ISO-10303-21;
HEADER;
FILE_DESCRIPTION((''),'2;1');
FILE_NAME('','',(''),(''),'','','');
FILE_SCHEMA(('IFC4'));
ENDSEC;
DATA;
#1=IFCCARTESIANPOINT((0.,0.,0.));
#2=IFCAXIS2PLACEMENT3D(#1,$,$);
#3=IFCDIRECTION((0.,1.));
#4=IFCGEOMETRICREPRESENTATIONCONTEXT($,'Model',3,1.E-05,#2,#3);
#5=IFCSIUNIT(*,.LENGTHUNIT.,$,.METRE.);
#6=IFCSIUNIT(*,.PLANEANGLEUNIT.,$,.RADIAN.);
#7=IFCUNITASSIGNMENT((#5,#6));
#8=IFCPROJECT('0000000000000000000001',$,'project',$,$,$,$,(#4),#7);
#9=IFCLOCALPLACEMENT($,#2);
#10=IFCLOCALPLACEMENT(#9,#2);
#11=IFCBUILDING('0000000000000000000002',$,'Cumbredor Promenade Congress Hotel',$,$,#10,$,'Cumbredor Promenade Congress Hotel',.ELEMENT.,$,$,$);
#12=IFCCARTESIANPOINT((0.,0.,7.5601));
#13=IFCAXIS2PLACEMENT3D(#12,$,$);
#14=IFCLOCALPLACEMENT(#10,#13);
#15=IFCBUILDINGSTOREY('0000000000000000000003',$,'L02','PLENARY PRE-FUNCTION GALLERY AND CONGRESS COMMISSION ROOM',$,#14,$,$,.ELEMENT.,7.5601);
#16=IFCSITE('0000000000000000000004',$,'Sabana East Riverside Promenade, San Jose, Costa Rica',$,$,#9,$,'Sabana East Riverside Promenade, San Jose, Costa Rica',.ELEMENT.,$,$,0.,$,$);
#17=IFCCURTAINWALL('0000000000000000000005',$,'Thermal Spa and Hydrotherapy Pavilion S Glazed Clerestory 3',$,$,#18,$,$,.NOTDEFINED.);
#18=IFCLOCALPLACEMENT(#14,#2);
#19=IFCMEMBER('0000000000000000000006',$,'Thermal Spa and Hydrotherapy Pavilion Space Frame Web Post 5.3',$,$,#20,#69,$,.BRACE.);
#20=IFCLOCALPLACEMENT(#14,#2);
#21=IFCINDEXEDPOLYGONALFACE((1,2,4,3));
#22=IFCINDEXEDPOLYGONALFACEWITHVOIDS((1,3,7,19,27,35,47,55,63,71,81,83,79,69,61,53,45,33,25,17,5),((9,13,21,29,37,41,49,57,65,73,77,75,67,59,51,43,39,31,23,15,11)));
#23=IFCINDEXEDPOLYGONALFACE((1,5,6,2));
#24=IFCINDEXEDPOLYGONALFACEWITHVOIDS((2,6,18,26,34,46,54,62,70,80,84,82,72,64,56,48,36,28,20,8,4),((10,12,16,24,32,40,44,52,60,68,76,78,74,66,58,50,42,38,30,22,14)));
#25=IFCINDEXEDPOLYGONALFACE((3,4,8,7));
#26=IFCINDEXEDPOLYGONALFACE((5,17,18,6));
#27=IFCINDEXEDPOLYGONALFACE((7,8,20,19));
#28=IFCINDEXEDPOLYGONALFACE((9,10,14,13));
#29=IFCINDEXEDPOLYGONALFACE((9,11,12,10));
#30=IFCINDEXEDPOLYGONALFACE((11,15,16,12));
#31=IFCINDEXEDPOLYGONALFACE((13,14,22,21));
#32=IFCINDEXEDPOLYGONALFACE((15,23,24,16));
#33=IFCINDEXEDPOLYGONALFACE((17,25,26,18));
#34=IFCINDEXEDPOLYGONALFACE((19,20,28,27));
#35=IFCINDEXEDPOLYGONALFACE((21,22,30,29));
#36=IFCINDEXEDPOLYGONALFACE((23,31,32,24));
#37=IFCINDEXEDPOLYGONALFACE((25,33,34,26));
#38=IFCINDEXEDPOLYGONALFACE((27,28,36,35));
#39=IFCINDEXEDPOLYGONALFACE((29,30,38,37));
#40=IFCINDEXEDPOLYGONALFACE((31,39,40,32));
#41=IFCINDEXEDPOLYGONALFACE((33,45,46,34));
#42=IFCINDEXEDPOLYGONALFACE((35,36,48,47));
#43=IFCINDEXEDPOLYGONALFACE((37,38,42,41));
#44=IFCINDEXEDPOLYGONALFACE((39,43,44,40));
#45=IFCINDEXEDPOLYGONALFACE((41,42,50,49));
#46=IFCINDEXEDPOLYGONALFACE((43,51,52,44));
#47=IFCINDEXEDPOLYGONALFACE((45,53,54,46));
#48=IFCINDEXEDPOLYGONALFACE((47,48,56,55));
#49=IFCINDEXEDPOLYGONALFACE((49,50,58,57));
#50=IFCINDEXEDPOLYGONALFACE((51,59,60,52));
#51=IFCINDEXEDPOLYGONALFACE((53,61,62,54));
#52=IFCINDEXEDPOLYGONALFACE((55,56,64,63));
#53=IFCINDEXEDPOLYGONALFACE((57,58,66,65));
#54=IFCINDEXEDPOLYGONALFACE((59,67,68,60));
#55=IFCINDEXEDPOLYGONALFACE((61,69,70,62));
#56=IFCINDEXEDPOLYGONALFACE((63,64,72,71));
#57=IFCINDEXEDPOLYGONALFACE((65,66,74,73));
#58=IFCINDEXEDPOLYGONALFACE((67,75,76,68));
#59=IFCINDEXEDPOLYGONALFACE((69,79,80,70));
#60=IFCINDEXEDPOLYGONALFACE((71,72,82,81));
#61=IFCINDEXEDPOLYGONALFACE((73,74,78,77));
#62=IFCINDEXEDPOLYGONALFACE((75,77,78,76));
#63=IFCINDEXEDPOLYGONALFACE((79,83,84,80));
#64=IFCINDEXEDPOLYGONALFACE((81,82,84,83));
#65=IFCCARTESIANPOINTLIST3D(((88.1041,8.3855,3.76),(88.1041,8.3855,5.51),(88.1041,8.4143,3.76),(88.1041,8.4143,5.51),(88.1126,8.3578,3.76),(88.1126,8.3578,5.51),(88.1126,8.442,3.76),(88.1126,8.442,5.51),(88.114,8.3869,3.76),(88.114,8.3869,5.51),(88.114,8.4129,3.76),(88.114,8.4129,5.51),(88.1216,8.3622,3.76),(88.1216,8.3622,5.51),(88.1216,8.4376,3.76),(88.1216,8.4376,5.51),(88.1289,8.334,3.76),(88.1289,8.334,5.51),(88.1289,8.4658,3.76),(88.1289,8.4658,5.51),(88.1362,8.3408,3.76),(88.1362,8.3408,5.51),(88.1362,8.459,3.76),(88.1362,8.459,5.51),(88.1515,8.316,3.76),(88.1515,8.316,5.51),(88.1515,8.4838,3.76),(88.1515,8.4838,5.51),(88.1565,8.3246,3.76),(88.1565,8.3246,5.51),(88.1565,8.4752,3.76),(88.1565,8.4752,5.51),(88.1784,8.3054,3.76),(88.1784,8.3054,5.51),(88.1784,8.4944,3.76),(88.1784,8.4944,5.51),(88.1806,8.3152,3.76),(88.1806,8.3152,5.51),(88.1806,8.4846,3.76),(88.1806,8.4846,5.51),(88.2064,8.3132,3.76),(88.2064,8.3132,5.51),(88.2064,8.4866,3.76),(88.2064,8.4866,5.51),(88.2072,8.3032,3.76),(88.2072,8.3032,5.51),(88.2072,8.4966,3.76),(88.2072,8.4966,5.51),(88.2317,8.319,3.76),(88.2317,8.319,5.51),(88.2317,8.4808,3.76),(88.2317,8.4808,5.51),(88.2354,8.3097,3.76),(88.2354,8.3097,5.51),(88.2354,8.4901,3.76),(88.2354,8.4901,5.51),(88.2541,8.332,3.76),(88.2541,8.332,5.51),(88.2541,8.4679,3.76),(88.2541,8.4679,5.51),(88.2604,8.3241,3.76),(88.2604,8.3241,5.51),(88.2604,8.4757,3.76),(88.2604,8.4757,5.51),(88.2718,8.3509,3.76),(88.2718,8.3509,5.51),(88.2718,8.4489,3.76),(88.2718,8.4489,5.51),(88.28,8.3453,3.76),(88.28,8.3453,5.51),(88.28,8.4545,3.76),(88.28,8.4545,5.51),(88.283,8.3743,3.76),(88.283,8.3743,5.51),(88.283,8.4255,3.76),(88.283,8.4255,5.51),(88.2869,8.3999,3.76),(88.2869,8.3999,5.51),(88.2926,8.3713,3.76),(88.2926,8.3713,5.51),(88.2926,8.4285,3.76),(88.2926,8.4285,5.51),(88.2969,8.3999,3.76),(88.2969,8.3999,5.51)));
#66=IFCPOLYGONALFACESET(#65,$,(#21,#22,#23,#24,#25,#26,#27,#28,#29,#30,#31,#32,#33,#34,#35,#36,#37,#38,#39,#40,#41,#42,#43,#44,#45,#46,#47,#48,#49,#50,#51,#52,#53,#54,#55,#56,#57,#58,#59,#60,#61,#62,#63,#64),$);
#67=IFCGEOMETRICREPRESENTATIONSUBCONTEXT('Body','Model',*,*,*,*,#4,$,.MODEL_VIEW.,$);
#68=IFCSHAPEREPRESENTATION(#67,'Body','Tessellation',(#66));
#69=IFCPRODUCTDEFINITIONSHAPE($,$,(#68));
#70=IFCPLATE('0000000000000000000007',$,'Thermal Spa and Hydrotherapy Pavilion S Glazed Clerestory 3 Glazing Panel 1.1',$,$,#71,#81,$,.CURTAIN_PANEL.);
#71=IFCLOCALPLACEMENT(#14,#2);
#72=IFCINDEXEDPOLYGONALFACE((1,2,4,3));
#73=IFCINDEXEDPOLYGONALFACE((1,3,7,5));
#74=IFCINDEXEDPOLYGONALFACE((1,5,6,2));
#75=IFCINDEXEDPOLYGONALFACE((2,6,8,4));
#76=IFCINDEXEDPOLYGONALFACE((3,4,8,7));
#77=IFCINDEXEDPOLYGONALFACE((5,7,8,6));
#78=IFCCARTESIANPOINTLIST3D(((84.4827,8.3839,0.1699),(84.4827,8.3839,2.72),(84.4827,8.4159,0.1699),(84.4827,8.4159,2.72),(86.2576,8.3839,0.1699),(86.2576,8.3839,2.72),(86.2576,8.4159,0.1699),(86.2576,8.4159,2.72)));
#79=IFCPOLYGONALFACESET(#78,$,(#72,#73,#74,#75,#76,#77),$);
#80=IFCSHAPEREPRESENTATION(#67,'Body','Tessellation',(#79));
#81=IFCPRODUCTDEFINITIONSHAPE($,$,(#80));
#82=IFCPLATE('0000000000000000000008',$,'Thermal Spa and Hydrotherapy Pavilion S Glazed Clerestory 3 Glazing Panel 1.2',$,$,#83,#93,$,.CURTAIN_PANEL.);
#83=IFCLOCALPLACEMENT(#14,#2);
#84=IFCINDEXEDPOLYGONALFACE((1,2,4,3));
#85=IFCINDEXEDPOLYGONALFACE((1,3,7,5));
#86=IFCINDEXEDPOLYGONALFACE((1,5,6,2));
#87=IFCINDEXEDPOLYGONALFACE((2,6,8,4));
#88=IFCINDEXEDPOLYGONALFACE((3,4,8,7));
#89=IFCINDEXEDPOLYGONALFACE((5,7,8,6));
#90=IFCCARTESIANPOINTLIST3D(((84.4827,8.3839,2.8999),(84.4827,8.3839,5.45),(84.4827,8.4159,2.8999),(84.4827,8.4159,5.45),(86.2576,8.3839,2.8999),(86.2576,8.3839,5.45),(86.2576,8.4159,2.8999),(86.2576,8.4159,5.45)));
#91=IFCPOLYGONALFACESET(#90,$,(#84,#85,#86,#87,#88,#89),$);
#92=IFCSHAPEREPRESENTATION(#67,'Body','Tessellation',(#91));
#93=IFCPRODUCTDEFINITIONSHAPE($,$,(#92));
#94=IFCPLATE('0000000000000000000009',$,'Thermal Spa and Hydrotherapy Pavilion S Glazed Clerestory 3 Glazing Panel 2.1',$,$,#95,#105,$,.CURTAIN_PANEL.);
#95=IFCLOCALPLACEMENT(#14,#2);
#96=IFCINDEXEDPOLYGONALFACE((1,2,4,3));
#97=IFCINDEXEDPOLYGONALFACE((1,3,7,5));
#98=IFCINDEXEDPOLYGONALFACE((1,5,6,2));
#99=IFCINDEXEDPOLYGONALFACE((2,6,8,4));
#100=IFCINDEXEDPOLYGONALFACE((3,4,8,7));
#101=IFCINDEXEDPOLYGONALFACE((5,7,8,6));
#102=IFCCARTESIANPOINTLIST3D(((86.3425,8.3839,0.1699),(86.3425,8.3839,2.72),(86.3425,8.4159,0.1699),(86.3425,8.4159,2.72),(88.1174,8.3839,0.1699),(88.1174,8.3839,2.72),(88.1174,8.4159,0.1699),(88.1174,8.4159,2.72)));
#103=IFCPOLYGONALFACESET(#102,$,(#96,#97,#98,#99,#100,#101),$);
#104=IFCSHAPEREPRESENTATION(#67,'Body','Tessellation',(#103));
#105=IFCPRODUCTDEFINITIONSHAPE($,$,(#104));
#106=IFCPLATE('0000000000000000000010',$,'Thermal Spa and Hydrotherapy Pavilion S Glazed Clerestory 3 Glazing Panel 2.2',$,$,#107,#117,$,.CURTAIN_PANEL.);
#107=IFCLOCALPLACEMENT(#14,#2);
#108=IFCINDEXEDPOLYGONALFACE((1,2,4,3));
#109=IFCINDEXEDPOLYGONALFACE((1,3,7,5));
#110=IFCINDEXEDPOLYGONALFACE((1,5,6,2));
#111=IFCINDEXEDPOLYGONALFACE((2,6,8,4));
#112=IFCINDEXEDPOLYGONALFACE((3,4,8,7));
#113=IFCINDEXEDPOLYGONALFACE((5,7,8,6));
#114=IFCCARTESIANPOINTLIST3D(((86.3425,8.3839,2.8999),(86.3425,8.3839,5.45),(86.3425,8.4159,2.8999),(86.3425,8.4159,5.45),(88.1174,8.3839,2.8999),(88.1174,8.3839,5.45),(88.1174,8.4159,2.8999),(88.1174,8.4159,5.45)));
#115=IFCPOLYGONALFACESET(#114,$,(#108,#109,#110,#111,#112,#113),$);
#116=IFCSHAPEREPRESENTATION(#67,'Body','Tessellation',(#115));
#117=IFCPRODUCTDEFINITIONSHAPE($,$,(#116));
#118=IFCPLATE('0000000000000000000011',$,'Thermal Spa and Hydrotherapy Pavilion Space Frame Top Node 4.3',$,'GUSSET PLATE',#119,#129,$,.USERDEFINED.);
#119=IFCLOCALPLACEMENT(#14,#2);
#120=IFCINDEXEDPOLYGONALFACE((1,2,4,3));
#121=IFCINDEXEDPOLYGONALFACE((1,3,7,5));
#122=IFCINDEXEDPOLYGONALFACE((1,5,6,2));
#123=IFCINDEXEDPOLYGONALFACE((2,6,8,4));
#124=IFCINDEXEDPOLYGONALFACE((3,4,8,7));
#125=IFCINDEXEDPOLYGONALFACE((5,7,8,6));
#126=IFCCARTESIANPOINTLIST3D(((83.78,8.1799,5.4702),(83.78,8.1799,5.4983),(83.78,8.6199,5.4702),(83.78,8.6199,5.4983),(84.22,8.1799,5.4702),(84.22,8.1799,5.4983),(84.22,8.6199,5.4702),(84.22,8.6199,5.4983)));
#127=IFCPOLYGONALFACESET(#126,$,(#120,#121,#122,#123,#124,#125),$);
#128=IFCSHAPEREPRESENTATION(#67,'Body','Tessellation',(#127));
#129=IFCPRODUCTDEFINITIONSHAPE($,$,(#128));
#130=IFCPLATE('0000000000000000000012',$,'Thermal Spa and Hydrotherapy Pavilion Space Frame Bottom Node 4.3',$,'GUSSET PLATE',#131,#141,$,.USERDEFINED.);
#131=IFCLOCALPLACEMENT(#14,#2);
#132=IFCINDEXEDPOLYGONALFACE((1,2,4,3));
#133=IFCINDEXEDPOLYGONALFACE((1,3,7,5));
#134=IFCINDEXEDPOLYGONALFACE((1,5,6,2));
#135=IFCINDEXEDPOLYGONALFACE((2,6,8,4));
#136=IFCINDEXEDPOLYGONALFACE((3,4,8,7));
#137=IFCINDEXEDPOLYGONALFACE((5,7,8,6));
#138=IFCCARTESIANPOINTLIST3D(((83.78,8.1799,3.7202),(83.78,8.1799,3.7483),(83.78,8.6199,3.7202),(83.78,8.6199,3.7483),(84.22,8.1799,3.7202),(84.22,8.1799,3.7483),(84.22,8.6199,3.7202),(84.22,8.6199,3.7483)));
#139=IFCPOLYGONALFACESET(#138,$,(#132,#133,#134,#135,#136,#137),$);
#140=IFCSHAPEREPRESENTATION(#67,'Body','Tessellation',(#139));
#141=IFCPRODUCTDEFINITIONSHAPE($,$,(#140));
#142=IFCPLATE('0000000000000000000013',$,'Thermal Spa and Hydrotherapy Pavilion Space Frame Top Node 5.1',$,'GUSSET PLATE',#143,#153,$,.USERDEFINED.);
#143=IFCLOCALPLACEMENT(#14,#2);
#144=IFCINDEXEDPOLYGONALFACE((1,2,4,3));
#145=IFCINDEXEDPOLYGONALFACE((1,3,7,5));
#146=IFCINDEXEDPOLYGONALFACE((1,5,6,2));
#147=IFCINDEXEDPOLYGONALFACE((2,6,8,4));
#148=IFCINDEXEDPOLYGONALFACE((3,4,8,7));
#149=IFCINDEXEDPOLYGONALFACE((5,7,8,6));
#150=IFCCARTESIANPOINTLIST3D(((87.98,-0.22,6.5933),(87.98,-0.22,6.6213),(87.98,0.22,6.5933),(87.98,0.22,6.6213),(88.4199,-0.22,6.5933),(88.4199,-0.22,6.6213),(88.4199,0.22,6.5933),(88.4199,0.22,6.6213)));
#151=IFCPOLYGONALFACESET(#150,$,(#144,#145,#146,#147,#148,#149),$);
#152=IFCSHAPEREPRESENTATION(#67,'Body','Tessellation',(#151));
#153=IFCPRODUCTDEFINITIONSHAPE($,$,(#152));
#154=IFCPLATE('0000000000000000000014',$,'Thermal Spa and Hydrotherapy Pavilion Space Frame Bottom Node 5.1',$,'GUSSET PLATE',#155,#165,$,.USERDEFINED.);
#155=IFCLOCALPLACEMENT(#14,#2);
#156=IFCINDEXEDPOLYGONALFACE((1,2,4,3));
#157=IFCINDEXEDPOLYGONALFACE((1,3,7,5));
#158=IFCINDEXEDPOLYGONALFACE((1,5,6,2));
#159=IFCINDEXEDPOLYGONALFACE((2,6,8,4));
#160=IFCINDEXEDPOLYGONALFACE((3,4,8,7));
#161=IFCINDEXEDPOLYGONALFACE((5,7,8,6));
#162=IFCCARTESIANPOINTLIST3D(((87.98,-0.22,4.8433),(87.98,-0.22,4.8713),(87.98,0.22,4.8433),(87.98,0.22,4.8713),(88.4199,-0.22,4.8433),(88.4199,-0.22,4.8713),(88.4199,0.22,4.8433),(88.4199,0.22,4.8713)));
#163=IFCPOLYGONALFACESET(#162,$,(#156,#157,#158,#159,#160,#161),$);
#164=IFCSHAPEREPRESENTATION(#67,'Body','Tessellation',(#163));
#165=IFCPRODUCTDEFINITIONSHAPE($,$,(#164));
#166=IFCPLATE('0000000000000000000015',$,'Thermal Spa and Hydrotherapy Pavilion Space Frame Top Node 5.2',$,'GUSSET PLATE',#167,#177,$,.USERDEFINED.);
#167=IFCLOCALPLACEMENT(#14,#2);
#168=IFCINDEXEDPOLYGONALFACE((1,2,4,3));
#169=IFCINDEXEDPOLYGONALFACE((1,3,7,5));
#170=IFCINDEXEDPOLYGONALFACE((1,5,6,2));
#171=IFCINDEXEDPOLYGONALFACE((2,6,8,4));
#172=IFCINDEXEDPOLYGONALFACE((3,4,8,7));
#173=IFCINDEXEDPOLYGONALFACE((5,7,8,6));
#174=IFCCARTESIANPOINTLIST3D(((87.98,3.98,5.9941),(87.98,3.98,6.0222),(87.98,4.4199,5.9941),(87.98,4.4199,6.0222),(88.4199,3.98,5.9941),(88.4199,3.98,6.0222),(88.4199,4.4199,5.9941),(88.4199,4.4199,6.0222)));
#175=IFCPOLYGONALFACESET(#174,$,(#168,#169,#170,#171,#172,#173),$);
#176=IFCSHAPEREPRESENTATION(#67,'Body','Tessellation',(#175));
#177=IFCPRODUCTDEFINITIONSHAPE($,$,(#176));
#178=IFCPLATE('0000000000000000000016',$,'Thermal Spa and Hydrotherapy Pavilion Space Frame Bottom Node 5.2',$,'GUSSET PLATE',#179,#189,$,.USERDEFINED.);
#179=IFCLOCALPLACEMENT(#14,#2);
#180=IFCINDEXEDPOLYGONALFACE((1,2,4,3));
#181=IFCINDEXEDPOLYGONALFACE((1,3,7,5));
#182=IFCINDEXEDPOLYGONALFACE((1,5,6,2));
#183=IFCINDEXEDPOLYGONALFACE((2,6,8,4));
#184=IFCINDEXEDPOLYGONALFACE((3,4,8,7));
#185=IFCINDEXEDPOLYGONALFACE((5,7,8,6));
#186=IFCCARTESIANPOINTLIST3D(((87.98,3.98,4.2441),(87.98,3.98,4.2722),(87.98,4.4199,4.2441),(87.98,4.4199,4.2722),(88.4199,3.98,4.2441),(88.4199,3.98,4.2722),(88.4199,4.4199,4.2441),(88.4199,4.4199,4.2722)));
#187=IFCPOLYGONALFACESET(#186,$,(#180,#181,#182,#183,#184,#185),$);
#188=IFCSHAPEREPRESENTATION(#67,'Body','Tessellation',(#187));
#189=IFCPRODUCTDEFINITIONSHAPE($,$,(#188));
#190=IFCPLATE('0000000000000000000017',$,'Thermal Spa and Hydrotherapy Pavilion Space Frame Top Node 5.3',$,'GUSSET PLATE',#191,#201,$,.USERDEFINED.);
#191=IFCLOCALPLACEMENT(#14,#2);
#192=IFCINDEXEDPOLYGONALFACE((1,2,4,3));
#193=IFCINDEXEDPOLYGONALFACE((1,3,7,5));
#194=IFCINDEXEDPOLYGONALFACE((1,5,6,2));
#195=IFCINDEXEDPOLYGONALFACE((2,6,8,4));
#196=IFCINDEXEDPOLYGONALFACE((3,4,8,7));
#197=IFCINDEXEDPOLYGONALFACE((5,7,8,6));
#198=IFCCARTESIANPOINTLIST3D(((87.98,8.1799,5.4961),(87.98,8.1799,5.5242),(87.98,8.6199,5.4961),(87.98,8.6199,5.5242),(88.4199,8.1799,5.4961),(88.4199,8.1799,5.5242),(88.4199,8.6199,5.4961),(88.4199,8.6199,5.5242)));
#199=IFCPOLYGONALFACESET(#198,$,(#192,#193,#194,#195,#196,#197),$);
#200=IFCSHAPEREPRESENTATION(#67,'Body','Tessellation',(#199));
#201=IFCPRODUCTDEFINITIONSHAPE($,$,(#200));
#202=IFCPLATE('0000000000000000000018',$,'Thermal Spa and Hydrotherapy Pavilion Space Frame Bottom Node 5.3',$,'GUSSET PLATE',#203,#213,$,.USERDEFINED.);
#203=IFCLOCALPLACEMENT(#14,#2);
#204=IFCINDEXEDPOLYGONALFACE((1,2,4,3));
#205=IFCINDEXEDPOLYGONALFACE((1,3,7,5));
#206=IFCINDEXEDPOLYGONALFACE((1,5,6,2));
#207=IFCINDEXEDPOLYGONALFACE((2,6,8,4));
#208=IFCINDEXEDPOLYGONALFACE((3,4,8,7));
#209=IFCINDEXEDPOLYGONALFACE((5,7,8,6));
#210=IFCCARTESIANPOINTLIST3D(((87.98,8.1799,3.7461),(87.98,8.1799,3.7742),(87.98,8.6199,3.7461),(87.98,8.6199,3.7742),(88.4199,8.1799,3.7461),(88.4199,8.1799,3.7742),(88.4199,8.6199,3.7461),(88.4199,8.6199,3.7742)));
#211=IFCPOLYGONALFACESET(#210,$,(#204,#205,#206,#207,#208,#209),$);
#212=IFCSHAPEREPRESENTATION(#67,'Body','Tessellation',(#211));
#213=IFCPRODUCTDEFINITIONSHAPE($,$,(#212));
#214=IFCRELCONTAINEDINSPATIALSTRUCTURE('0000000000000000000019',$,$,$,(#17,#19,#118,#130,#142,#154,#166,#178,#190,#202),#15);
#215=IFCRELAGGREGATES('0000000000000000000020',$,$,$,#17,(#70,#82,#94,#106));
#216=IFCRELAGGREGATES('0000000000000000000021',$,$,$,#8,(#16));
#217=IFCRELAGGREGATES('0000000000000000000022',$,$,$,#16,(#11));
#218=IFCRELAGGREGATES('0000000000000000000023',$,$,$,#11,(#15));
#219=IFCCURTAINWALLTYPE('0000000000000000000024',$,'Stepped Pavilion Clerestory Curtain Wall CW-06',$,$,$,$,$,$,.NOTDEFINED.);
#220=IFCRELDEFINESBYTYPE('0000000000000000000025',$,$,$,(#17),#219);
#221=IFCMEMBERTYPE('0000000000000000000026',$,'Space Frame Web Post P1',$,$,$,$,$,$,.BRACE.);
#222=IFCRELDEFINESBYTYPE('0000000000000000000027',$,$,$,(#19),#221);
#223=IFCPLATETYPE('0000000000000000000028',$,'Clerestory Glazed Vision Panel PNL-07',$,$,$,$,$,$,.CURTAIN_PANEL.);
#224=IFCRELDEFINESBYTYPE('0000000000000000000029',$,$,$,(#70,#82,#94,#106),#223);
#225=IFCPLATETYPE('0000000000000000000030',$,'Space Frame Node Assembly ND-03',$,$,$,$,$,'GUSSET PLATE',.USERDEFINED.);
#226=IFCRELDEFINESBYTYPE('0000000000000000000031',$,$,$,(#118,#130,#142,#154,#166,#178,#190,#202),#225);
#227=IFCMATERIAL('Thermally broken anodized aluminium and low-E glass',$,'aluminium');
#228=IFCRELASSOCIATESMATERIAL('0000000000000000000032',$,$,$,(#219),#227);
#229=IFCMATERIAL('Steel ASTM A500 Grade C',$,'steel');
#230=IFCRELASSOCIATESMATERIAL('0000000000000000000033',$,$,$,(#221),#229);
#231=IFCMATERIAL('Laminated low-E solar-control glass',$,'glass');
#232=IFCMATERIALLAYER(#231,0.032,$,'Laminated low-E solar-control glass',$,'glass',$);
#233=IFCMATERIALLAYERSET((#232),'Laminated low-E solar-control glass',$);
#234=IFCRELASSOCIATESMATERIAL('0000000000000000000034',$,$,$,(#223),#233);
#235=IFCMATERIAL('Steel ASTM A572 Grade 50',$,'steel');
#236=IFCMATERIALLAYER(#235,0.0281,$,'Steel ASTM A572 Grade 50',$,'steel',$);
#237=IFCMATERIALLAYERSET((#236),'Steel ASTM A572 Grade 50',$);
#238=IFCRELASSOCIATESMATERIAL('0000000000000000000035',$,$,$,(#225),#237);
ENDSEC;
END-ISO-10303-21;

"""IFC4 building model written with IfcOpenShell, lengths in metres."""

from ifc_helpers import new_model, si_unit, direction, frame, origin, origin_2d, place, context, subcontext, project, spatial, rectangle, hollow_circle, extrude, material, layer, layer_set, material_profile, profile_set, type_object, element, aggregate, save


model = new_model("IFC4")

# Units and contexts
model_context = context("Model", 3, precision=1e-05, world=origin(), true_north=direction((0.0, 1.0)))
body_context = subcontext(model_context, "Body", "Model", "MODEL_VIEW")
ifc_project = project(units=[si_unit("LENGTHUNIT", "METRE"), si_unit("PLANEANGLEUNIT", "RADIAN")], contexts=[model_context])

# Site, building, storey
site_placement = place(None, origin())
site = spatial("IfcSite", under=ifc_project, at=site_placement, Name="Sabana East Riverside Promenade, San Jose, Costa Rica", LongName="Sabana East Riverside Promenade, San Jose, Costa Rica", CompositionType="ELEMENT", RefElevation=0.0)
building_placement = place(site_placement, origin())
building = spatial("IfcBuilding", under=site, at=building_placement, Name="Cumbredor Promenade Congress Hotel", LongName="Cumbredor Promenade Congress Hotel", CompositionType="ELEMENT")
storey_placement = place(building_placement, frame((0.0, 0.0, 7.5601)))
storey = spatial("IfcBuildingStorey", under=building, at=storey_placement, Name="L02", Description="PLENARY PRE-FUNCTION GALLERY AND CONGRESS COMMISSION ROOM", CompositionType="ELEMENT", Elevation=7.5601)

# Curtain wall
ifc_material_1 = material(Name="Thermally broken anodized aluminium and low-E glass", Category="aluminium")
curtain_wall_type = type_object("IfcCurtainWallType", Name="Stepped Pavilion Clerestory Curtain Wall CW-06", PredefinedType="NOTDEFINED", material=ifc_material_1)
curtain_wall_placement = place(storey_placement, origin())
curtain_wall = element("IfcCurtainWall", 1, at=curtain_wall_placement, inside=storey, type_object=curtain_wall_type, Name="Thermal Spa and Hydrotherapy Pavilion S Glazed Clerestory 3", PredefinedType="NOTDEFINED")

# Member
ifc_material_2 = material(Name="Steel ASTM A500 Grade C", Category="steel")
ifc_material_profile_1 = material_profile(ifc_material_2, hollow_circle(Radius=0.0969, WallThickness=0.01, at=origin_2d()), Name="CHS 193.7x10")
ifc_profile_set_1 = profile_set([ifc_material_profile_1], Name="Steel ASTM A500 Grade C")
member_type_1 = type_object("IfcMemberType", Name="Space Frame Web Post P1", PredefinedType="BRACE", material=ifc_profile_set_1)
for number, where, z_axis, x_axis, name in (
    (2, (88.2, 8.3999, 3.76), (0.0, 0.0, 1.0), (1.0, 0.0, 0.0), "Thermal Spa and Hydrotherapy Pavilion Space Frame Web Post 5.3"),
):
    element("IfcMember", number, at=place(storey_placement, frame(where, z_axis=z_axis, x_axis=x_axis)), inside=storey, type_object=member_type_1, Name=name, PredefinedType="BRACE", context=body_context, shape_type="SweptSolid", body=[
        extrude(hollow_circle(Radius=0.0969, WallThickness=0.01, at=origin_2d()), origin(), (0.0, 0.0, 1.0), 1.75),
    ])

# Plates
ifc_material_3 = material(Name="Laminated low-E solar-control glass", Category="glass")
ifc_layer_1 = layer(ifc_material_3, 0.032, Name="Laminated low-E solar-control glass", Category="glass")
ifc_layer_set_1 = layer_set([ifc_layer_1], Name="Laminated low-E solar-control glass")
plate_type_1 = type_object("IfcPlateType", Name="Clerestory Glazed Vision Panel PNL-07", PredefinedType="CURTAIN_PANEL", material=ifc_layer_set_1)
plate_1_placement = place(storey_placement, frame((85.3701, 8.3999, 0.1699), z_axis=(0.0, 0.0, 1.0), x_axis=(1.0, 0.0, 0.0)))
plate_1 = element("IfcPlate", 3, at=plate_1_placement, type_object=plate_type_1, Name="Thermal Spa and Hydrotherapy Pavilion S Glazed Clerestory 3 Glazing Panel 1.1", PredefinedType="CURTAIN_PANEL", context=body_context, shape_type="SweptSolid", body=[
    extrude(rectangle(XDim=1.7749, YDim=0.032, at=origin_2d()), origin(), (0.0, 0.0, 1.0), 2.55),
])
plate_2_placement = place(storey_placement, frame((85.3701, 8.3999, 2.8999), z_axis=(0.0, 0.0, 1.0), x_axis=(1.0, 0.0, 0.0)))
plate_2 = element("IfcPlate", 4, at=plate_2_placement, type_object=plate_type_1, Name="Thermal Spa and Hydrotherapy Pavilion S Glazed Clerestory 3 Glazing Panel 1.2", PredefinedType="CURTAIN_PANEL", context=body_context, shape_type="SweptSolid", body=[
    extrude(rectangle(XDim=1.7749, YDim=0.032, at=origin_2d()), origin(), (0.0, 0.0, 1.0), 2.55),
])
plate_3_placement = place(storey_placement, frame((87.23, 8.3999, 0.1699), z_axis=(0.0, 0.0, 1.0), x_axis=(1.0, 0.0, 0.0)))
plate_3 = element("IfcPlate", 5, at=plate_3_placement, type_object=plate_type_1, Name="Thermal Spa and Hydrotherapy Pavilion S Glazed Clerestory 3 Glazing Panel 2.1", PredefinedType="CURTAIN_PANEL", context=body_context, shape_type="SweptSolid", body=[
    extrude(rectangle(XDim=1.7749, YDim=0.032, at=origin_2d()), origin(), (0.0, 0.0, 1.0), 2.55),
])
plate_4_placement = place(storey_placement, frame((87.23, 8.3999, 2.8999), z_axis=(0.0, 0.0, 1.0), x_axis=(1.0, 0.0, 0.0)))
plate_4 = element("IfcPlate", 6, at=plate_4_placement, type_object=plate_type_1, Name="Thermal Spa and Hydrotherapy Pavilion S Glazed Clerestory 3 Glazing Panel 2.2", PredefinedType="CURTAIN_PANEL", context=body_context, shape_type="SweptSolid", body=[
    extrude(rectangle(XDim=1.7749, YDim=0.032, at=origin_2d()), origin(), (0.0, 0.0, 1.0), 2.55),
])
aggregate(curtain_wall, [plate_1, plate_2, plate_3, plate_4])

# Plates
ifc_material_4 = material(Name="Steel ASTM A572 Grade 50", Category="steel")
ifc_layer_2 = layer(ifc_material_4, 0.0281, Name="Steel ASTM A572 Grade 50", Category="steel")
ifc_layer_set_2 = layer_set([ifc_layer_2], Name="Steel ASTM A572 Grade 50")
plate_type_2 = type_object("IfcPlateType", Name="Space Frame Node Assembly ND-03", ElementType="GUSSET PLATE", PredefinedType="USERDEFINED", material=ifc_layer_set_2)
for number, where, z_axis, x_axis, name in (
    (7, (84.0, 8.3999, 5.4702), (0.0, 0.0, 1.0), (1.0, 0.0, 0.0), "Thermal Spa and Hydrotherapy Pavilion Space Frame Top Node 4.3"),
    (8, (84.0, 8.3999, 3.7202), (0.0, 0.0, 1.0), (1.0, 0.0, 0.0), "Thermal Spa and Hydrotherapy Pavilion Space Frame Bottom Node 4.3"),
    (9, (88.2, 0.0, 6.5933), (0.0, 0.0, 1.0), (1.0, 0.0, 0.0), "Thermal Spa and Hydrotherapy Pavilion Space Frame Top Node 5.1"),
    (10, (88.2, 0.0, 4.8433), (0.0, 0.0, 1.0), (1.0, 0.0, 0.0), "Thermal Spa and Hydrotherapy Pavilion Space Frame Bottom Node 5.1"),
    (11, (88.2, 4.2, 5.9941), (0.0, 0.0, 1.0), (1.0, 0.0, 0.0), "Thermal Spa and Hydrotherapy Pavilion Space Frame Top Node 5.2"),
    (12, (88.2, 4.2, 4.2441), (0.0, 0.0, 1.0), (1.0, 0.0, 0.0), "Thermal Spa and Hydrotherapy Pavilion Space Frame Bottom Node 5.2"),
    (13, (88.2, 8.3999, 5.4961), (0.0, 0.0, 1.0), (1.0, 0.0, 0.0), "Thermal Spa and Hydrotherapy Pavilion Space Frame Top Node 5.3"),
    (14, (88.2, 8.3999, 3.7461), (0.0, 0.0, 1.0), (1.0, 0.0, 0.0), "Thermal Spa and Hydrotherapy Pavilion Space Frame Bottom Node 5.3"),
):
    element("IfcPlate", number, at=place(storey_placement, frame(where, z_axis=z_axis, x_axis=x_axis)), inside=storey, type_object=plate_type_2, Name=name, ObjectType="GUSSET PLATE", PredefinedType="USERDEFINED", context=body_context, shape_type="SweptSolid", body=[
        extrude(rectangle(XDim=0.4399, YDim=0.4399, at=origin_2d()), origin(), (0.0, 0.0, 1.0), 0.0281),
    ])

save(model, "model.ifc")
